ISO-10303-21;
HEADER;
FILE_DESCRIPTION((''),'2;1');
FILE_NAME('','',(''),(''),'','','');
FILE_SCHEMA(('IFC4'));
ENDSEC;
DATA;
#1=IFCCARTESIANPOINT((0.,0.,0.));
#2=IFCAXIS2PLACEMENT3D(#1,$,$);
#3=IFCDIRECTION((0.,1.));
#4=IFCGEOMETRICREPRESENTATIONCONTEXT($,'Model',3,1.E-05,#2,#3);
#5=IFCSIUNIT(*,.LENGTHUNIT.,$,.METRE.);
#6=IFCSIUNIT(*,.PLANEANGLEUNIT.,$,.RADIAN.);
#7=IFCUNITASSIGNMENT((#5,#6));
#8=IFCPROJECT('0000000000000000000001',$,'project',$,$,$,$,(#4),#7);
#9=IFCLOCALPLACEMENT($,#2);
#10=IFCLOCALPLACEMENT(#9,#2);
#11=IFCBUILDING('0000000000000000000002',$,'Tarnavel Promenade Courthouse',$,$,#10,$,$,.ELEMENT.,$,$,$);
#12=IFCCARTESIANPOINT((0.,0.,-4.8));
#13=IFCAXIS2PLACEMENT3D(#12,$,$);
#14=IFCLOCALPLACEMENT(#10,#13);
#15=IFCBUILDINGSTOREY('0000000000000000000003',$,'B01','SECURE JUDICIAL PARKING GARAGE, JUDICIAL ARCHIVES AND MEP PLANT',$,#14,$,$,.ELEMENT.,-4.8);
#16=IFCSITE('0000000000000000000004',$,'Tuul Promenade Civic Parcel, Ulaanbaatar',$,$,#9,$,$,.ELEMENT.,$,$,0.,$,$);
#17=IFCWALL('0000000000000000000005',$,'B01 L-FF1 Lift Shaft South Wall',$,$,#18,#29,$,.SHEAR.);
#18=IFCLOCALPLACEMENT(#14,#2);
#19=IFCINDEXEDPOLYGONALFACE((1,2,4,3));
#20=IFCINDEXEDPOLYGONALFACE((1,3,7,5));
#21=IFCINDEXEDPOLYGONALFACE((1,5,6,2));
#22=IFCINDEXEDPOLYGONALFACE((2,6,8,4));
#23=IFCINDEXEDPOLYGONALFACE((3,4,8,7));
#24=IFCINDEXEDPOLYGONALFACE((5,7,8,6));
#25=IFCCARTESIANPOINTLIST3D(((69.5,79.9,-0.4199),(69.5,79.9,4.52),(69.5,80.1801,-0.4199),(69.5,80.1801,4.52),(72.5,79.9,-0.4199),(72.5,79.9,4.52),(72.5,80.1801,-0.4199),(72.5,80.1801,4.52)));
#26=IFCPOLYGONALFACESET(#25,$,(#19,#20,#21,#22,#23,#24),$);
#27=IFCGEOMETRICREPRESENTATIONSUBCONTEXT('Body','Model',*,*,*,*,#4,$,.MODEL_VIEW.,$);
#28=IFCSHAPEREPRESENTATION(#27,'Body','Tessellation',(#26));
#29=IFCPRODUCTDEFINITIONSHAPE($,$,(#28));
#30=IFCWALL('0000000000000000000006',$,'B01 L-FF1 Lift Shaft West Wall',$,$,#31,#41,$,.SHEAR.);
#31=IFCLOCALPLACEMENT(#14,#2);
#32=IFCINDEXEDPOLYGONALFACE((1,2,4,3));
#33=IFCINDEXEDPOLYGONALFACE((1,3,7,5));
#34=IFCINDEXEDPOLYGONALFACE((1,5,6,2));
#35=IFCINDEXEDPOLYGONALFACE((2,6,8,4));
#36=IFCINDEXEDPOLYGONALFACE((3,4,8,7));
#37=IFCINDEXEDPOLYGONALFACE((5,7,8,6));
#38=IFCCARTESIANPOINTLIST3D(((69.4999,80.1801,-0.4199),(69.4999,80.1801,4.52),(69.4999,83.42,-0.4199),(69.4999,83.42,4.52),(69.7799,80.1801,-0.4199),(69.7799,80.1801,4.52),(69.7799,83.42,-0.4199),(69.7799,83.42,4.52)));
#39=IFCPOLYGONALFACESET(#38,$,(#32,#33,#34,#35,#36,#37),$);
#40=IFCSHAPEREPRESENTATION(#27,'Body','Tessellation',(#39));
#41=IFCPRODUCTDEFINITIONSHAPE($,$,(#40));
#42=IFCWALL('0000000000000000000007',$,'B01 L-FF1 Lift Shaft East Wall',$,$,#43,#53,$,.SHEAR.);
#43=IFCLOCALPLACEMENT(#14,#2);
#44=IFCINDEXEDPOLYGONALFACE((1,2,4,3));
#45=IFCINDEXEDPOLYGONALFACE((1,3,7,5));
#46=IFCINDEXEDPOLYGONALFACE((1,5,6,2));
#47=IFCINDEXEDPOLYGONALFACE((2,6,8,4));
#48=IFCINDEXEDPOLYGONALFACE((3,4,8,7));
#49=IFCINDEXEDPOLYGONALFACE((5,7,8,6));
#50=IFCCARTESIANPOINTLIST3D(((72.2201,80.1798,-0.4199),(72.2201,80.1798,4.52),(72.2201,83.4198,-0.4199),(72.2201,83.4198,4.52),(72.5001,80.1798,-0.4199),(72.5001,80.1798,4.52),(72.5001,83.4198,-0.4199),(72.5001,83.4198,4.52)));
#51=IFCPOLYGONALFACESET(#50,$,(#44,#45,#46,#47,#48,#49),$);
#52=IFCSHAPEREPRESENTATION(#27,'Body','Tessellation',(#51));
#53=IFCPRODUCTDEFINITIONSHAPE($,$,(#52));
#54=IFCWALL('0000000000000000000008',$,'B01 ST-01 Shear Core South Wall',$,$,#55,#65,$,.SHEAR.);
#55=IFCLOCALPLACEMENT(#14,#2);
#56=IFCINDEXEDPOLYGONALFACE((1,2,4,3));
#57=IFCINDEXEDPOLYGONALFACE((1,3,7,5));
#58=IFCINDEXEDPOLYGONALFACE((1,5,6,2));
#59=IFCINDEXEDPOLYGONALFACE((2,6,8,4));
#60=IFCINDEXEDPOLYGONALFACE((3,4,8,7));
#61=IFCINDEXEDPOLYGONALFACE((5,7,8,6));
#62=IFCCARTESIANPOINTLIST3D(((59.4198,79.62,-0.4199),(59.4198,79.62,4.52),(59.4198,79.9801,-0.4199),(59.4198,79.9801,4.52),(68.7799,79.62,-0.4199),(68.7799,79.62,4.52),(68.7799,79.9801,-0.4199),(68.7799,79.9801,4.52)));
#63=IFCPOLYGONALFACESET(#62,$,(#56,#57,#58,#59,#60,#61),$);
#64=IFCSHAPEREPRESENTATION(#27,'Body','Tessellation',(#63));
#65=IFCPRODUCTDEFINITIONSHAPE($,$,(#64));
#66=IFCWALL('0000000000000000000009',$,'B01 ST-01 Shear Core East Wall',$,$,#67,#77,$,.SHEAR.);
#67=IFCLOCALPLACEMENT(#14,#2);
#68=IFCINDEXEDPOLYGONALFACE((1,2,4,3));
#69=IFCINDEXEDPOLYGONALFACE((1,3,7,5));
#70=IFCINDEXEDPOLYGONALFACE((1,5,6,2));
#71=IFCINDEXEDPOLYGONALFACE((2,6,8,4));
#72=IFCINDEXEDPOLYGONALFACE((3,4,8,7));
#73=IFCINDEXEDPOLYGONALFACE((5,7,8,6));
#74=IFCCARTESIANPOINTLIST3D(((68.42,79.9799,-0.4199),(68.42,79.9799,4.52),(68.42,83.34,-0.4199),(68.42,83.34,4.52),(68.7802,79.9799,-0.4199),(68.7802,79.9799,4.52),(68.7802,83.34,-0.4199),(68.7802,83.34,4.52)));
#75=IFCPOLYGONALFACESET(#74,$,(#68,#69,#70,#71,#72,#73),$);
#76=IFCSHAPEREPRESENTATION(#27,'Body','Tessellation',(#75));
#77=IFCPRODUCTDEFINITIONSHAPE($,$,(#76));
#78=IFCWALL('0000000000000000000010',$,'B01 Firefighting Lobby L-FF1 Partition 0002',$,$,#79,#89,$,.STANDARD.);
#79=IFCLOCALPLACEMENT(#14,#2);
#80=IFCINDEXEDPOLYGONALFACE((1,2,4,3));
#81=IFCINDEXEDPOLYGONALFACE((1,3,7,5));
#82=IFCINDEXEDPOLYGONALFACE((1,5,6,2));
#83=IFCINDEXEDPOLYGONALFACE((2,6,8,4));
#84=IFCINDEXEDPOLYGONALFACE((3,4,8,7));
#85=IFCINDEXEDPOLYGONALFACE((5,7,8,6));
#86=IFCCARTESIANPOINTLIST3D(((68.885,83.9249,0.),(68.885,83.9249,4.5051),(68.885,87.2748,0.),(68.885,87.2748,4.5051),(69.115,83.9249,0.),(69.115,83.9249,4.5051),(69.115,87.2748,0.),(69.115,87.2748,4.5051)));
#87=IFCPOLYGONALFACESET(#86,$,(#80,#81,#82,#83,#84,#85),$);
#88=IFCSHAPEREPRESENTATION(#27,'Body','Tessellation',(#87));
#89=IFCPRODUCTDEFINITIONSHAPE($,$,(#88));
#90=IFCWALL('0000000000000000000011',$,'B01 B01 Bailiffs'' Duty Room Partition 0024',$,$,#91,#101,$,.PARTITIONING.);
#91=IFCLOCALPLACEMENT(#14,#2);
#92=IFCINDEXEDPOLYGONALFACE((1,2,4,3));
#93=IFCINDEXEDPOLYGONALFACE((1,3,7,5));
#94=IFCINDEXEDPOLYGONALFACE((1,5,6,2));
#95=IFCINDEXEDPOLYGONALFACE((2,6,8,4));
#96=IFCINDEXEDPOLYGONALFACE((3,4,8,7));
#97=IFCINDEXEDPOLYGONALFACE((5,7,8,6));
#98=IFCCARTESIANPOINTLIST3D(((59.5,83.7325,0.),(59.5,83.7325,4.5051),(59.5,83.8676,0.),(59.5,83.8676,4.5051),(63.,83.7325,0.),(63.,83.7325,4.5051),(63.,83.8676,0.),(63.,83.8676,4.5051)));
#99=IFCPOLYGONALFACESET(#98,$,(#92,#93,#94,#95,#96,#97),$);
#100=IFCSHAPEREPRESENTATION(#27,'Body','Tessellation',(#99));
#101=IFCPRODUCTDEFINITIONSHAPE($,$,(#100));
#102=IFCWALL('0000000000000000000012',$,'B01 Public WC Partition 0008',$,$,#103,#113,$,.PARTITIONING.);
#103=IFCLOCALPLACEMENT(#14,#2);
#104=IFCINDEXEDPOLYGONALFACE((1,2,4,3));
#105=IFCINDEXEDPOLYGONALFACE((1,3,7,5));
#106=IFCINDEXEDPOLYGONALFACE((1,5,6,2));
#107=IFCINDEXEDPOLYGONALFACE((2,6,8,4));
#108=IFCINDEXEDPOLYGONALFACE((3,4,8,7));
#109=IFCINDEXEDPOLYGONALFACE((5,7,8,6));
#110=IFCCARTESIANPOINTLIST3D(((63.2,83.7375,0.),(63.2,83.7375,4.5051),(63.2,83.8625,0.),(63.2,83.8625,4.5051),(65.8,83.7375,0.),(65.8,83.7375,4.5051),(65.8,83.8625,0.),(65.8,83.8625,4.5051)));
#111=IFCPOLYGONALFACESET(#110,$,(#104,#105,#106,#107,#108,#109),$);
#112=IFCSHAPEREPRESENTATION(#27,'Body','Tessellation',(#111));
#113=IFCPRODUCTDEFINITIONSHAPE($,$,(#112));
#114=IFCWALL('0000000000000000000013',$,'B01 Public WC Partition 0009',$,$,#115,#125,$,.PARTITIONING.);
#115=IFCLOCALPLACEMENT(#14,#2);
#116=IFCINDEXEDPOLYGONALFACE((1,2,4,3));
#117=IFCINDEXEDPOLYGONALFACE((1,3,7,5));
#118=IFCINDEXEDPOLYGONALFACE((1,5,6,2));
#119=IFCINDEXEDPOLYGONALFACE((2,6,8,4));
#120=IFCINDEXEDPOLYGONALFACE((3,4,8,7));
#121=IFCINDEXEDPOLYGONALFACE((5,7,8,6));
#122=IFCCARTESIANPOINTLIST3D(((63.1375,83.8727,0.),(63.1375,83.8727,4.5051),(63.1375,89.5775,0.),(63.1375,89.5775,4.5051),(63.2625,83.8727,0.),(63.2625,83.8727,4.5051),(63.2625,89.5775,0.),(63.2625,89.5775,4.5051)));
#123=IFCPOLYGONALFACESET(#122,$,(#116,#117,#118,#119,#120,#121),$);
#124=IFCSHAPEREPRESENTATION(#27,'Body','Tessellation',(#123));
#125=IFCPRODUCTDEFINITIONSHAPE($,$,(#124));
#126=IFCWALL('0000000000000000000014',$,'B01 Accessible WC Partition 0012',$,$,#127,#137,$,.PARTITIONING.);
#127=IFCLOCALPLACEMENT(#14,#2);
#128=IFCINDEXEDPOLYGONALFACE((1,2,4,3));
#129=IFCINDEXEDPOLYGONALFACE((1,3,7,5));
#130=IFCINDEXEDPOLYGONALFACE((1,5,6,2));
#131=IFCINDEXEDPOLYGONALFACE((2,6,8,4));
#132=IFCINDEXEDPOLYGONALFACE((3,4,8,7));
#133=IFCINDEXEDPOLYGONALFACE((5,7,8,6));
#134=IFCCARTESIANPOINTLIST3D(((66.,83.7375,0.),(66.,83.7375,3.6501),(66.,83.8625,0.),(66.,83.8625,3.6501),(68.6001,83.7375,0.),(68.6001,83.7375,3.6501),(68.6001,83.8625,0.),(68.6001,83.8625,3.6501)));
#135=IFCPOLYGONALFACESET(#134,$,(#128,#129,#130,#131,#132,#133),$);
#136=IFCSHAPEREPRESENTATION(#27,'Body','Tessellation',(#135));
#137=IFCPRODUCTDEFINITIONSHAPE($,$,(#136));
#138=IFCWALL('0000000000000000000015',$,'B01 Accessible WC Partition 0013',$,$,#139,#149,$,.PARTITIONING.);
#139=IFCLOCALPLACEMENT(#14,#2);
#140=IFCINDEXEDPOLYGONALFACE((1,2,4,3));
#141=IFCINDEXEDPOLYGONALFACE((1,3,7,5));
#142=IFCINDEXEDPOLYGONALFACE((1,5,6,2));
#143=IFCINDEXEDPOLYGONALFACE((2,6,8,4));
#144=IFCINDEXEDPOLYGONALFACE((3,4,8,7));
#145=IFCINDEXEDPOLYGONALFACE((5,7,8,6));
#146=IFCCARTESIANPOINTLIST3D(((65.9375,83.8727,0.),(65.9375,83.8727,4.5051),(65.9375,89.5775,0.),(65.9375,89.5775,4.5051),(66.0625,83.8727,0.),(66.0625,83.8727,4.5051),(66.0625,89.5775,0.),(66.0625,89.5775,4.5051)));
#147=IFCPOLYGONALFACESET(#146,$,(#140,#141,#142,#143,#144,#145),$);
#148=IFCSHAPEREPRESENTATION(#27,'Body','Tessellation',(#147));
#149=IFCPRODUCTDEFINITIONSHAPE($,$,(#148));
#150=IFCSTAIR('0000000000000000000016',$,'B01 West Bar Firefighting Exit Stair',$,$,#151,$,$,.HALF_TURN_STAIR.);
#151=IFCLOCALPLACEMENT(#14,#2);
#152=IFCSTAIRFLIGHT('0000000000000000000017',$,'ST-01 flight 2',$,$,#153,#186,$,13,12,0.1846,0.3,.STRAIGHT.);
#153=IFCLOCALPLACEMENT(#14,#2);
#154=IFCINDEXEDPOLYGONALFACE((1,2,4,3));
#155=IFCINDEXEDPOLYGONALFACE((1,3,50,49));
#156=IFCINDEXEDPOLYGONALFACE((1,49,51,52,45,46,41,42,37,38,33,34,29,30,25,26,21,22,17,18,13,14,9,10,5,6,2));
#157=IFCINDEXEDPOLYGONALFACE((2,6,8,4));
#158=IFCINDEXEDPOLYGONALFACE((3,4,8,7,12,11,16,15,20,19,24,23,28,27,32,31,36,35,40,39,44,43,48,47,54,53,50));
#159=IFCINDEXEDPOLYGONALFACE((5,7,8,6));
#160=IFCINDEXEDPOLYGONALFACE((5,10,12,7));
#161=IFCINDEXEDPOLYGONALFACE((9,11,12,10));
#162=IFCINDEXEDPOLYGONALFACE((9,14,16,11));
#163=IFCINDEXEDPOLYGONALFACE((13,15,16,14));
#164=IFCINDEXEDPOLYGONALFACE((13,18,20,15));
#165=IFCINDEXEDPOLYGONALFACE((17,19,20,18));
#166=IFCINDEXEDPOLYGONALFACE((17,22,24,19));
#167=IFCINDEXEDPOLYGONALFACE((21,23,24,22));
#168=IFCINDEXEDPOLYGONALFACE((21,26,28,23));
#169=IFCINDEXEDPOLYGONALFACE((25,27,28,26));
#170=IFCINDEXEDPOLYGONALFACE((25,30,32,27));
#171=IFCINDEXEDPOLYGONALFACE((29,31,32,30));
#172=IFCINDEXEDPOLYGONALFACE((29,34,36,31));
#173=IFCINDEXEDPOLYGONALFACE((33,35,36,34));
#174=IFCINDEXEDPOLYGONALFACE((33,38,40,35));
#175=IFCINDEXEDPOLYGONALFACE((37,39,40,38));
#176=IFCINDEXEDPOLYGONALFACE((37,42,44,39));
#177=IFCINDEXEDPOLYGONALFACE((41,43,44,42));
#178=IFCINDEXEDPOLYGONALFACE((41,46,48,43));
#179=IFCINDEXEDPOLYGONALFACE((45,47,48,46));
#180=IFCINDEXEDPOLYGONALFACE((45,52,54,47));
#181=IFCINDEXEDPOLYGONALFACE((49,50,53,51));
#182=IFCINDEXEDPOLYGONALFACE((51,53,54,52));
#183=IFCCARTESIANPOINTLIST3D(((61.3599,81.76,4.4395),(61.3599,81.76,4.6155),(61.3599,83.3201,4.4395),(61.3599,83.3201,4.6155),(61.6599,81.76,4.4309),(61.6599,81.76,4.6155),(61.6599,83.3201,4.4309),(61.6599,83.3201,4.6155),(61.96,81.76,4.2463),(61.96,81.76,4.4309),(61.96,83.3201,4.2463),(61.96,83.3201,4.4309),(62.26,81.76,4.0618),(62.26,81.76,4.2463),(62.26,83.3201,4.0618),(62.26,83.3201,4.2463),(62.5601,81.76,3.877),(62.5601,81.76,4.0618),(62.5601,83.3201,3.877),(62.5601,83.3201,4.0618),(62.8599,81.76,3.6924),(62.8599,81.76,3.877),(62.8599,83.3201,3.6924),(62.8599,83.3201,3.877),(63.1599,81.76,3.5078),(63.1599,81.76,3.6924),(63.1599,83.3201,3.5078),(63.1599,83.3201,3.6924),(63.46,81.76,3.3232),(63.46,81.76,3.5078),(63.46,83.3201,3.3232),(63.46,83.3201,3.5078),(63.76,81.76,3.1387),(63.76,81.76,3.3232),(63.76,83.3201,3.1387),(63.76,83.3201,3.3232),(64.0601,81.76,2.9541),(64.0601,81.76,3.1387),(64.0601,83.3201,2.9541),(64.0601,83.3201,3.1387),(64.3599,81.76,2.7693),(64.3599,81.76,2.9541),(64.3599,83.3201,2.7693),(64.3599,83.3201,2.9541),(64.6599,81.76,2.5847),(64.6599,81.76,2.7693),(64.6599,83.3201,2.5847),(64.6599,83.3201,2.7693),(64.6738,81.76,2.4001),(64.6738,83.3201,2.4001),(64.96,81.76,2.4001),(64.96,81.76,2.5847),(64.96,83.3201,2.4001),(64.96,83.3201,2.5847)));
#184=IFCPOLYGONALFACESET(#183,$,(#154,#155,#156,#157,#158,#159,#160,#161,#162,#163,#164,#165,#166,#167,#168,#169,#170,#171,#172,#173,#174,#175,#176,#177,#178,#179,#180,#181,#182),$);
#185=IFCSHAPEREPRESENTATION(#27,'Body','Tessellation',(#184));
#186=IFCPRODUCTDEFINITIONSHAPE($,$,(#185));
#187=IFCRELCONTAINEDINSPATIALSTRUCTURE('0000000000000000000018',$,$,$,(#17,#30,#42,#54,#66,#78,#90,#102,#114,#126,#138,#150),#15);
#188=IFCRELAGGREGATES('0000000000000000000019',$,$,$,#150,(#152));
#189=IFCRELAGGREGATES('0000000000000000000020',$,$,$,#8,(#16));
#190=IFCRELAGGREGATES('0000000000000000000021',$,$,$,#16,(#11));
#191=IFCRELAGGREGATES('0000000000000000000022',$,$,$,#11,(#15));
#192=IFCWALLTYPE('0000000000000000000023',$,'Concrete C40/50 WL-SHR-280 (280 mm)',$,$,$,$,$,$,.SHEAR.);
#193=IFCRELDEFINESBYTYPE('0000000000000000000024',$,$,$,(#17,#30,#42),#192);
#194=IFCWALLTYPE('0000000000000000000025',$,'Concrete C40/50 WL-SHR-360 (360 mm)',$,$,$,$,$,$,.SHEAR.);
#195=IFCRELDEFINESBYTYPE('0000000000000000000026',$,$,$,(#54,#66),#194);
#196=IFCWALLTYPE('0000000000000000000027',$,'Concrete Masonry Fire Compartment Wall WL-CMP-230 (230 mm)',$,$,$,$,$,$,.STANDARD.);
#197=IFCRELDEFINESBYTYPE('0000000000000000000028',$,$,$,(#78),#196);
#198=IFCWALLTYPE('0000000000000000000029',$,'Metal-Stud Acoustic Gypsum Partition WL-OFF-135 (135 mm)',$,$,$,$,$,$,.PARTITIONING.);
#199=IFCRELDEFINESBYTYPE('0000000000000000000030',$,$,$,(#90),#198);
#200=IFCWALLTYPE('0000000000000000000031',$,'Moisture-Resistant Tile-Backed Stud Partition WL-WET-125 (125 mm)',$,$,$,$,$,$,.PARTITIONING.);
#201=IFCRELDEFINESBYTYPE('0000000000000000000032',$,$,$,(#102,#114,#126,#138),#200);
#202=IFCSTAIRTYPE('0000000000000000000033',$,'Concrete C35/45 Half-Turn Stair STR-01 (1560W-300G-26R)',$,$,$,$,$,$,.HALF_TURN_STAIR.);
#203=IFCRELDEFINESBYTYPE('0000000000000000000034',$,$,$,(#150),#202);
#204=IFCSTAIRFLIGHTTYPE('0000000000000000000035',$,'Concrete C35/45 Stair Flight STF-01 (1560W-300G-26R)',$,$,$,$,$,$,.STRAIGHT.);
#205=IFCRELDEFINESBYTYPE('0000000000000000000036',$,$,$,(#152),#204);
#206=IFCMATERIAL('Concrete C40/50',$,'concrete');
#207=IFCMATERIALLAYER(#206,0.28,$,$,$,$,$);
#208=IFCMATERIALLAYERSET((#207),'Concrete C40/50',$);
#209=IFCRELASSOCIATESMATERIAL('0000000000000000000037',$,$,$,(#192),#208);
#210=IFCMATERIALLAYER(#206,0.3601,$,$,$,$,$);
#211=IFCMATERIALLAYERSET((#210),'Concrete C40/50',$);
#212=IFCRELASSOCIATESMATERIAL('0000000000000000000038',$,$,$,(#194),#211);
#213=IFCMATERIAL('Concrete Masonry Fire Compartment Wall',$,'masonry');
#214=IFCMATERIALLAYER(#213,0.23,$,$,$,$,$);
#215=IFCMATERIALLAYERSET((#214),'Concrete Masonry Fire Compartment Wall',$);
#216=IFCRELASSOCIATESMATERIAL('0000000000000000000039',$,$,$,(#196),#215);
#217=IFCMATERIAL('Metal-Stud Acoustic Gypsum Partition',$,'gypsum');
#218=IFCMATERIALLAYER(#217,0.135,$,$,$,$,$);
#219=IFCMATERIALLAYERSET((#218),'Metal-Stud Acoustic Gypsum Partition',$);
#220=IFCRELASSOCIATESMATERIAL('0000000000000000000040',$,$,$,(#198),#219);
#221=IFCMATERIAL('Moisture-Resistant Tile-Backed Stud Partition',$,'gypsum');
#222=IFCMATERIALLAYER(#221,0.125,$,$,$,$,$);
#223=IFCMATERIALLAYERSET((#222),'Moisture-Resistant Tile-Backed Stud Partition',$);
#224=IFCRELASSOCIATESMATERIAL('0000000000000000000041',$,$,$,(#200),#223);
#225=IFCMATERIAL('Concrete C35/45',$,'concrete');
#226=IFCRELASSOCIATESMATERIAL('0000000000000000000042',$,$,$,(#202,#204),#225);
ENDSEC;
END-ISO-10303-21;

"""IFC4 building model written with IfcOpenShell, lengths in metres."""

from ifc_helpers import new_model, si_unit, direction, frame, frame_2d, origin, place, context, subcontext, project, spatial, polyline, rectangle, outline, extrude, material, layer, layer_set, type_object, element, aggregate, save


model = new_model("IFC4")

# Units and contexts
model_context = context("Model", 3, precision=1e-05, world=origin(), true_north=direction((0.0, 1.0)))
body_context = subcontext(model_context, "Body", "Model", "MODEL_VIEW")
ifc_project = project(units=[si_unit("LENGTHUNIT", "METRE"), si_unit("PLANEANGLEUNIT", "RADIAN")], contexts=[model_context])

# Site, building, storey
site_placement = place(None, origin())
site = spatial("IfcSite", under=ifc_project, at=site_placement, Name="Tuul Promenade Civic Parcel, Ulaanbaatar", CompositionType="ELEMENT", RefElevation=0.0)
building_placement = place(site_placement, origin())
building = spatial("IfcBuilding", under=site, at=building_placement, Name="Tarnavel Promenade Courthouse", CompositionType="ELEMENT")
storey_placement = place(building_placement, frame((0.0, 0.0, -4.8)))
storey = spatial("IfcBuildingStorey", under=building, at=storey_placement, Name="B01", Description="SECURE JUDICIAL PARKING GARAGE, JUDICIAL ARCHIVES AND MEP PLANT", CompositionType="ELEMENT", Elevation=-4.8)

# Shared definitions
ifc_material_1 = material(Name="Concrete C35/45", Category="concrete")

# Shared definitions
ifc_material_2 = material(Name="Concrete C40/50", Category="concrete")

# Shared definitions
ifc_layer_1 = layer(ifc_material_2, 0.28)
ifc_layer_set_1 = layer_set([ifc_layer_1], Name="Concrete C40/50")
wall_type_1 = type_object("IfcWallType", Name="Concrete C40/50 WL-SHR-280 (280 mm)", PredefinedType="SHEAR", material=ifc_layer_set_1)

# Walls
wall_1_placement = place(storey_placement, frame((72.5, 80.04, -0.4199), z_axis=(0.0, 0.0, 1.0), x_axis=(-1.0, 0.0, 0.0)))
element("IfcWall", 1, at=wall_1_placement, inside=storey, type_object=wall_type_1, Name="B01 L-FF1 Lift Shaft South Wall", PredefinedType="SHEAR", context=body_context, shape_type="SweptSolid", body=[
    extrude(rectangle(XDim=3.0, YDim=0.28, at=frame_2d((1.5, 0.0))), origin(), (0.0, 0.0, 1.0), 4.9399),
])
for number, where, z_axis, x_axis, name in (
    (2, (69.6399, 80.1799, -0.4199), (0.0, 0.0, 1.0), (0.0, 1.0, 0.0), "B01 L-FF1 Lift Shaft West Wall"),
    (3, (72.3601, 83.4199, -0.4199), (0.0, 0.0, 1.0), (0.0, -1.0, 0.0), "B01 L-FF1 Lift Shaft East Wall"),
):
    element("IfcWall", number, at=place(storey_placement, frame(where, z_axis=z_axis, x_axis=x_axis)), inside=storey, type_object=wall_type_1, Name=name, PredefinedType="SHEAR", context=body_context, shape_type="SweptSolid", body=[
        extrude(rectangle(XDim=3.24, YDim=0.28, at=frame_2d((1.6201, 0.0))), origin(), (0.0, 0.0, 1.0), 4.9399),
    ])
ifc_layer_2 = layer(ifc_material_2, 0.3601)
ifc_layer_set_2 = layer_set([ifc_layer_2], Name="Concrete C40/50")
wall_type_2 = type_object("IfcWallType", Name="Concrete C40/50 WL-SHR-360 (360 mm)", PredefinedType="SHEAR", material=ifc_layer_set_2)
wall_2_placement = place(storey_placement, frame((68.78, 79.8, -0.4199), z_axis=(0.0, 0.0, 1.0), x_axis=(-1.0, 0.0, 0.0)))
element("IfcWall", 4, at=wall_2_placement, inside=storey, type_object=wall_type_2, Name="B01 ST-01 Shear Core South Wall", PredefinedType="SHEAR", context=body_context, shape_type="SweptSolid", body=[
    extrude(rectangle(XDim=9.3601, YDim=0.3601, at=frame_2d((4.6802, 0.0))), origin(), (0.0, 0.0, 1.0), 4.9399),
])
wall_3_placement = place(storey_placement, frame((68.6001, 83.3401, -0.4199), z_axis=(0.0, 0.0, 1.0), x_axis=(0.0, -1.0, 0.0)))
element("IfcWall", 5, at=wall_3_placement, inside=storey, type_object=wall_type_2, Name="B01 ST-01 Shear Core East Wall", PredefinedType="SHEAR", context=body_context, shape_type="SweptSolid", body=[
    extrude(rectangle(XDim=3.3601, YDim=0.3601, at=frame_2d((1.6802, 0.0))), origin(), (0.0, 0.0, 1.0), 4.9399),
])
ifc_material_3 = material(Name="Concrete Masonry Fire Compartment Wall", Category="masonry")
ifc_layer_3 = layer(ifc_material_3, 0.23)
ifc_layer_set_3 = layer_set([ifc_layer_3], Name="Concrete Masonry Fire Compartment Wall")
wall_type_3 = type_object("IfcWallType", Name="Concrete Masonry Fire Compartment Wall WL-CMP-230 (230 mm)", PredefinedType="STANDARD", material=ifc_layer_set_3)
wall_4_placement = place(storey_placement, frame((69.0, 83.925, 0.0), z_axis=(0.0, 0.0, 1.0), x_axis=(0.0, 1.0, 0.0)))
element("IfcWall", 6, at=wall_4_placement, inside=storey, type_object=wall_type_3, Name="B01 Firefighting Lobby L-FF1 Partition 0002", PredefinedType="STANDARD", context=body_context, shape_type="SweptSolid", body=[
    extrude(rectangle(XDim=3.3499, YDim=0.23, at=frame_2d((1.6748, 0.0))), origin(), (0.0, 0.0, 1.0), 4.5051),
])
ifc_material_4 = material(Name="Metal-Stud Acoustic Gypsum Partition", Category="gypsum")
ifc_layer_4 = layer(ifc_material_4, 0.135)
ifc_layer_set_4 = layer_set([ifc_layer_4], Name="Metal-Stud Acoustic Gypsum Partition")
wall_type_4 = type_object("IfcWallType", Name="Metal-Stud Acoustic Gypsum Partition WL-OFF-135 (135 mm)", PredefinedType="PARTITIONING", material=ifc_layer_set_4)
wall_5_placement = place(storey_placement, frame((63.0, 83.8, 0.0), z_axis=(0.0, 0.0, 1.0), x_axis=(-1.0, 0.0, 0.0)))
element("IfcWall", 7, at=wall_5_placement, inside=storey, type_object=wall_type_4, Name="B01 B01 Bailiffs' Duty Room Partition 0024", PredefinedType="PARTITIONING", context=body_context, shape_type="SweptSolid", body=[
    extrude(rectangle(XDim=3.5, YDim=0.135, at=frame_2d((1.75, 0.0))), origin(), (0.0, 0.0, 1.0), 4.5051),
])
ifc_material_5 = material(Name="Moisture-Resistant Tile-Backed Stud Partition", Category="gypsum")
ifc_layer_5 = layer(ifc_material_5, 0.125)
ifc_layer_set_5 = layer_set([ifc_layer_5], Name="Moisture-Resistant Tile-Backed Stud Partition")
wall_type_5 = type_object("IfcWallType", Name="Moisture-Resistant Tile-Backed Stud Partition WL-WET-125 (125 mm)", PredefinedType="PARTITIONING", material=ifc_layer_set_5)
wall_6_placement = place(storey_placement, frame((65.8, 83.8, 0.0), z_axis=(0.0, 0.0, 1.0), x_axis=(-1.0, 0.0, 0.0)))
element("IfcWall", 8, at=wall_6_placement, inside=storey, type_object=wall_type_5, Name="B01 Public WC Partition 0008", PredefinedType="PARTITIONING", context=body_context, shape_type="SweptSolid", body=[
    extrude(rectangle(XDim=2.6001, YDim=0.125, at=frame_2d((1.3, 0.0))), origin(), (0.0, 0.0, 1.0), 4.5051),
])
wall_7_placement = place(storey_placement, frame((63.2, 83.8726, 0.0), z_axis=(0.0, 0.0, 1.0), x_axis=(0.0, 1.0, 0.0)))
element("IfcWall", 9, at=wall_7_placement, inside=storey, type_object=wall_type_5, Name="B01 Public WC Partition 0009", PredefinedType="PARTITIONING", context=body_context, shape_type="SweptSolid", body=[
    extrude(rectangle(XDim=5.7048, YDim=0.125, at=frame_2d((2.8525, 0.0))), origin(), (0.0, 0.0, 1.0), 4.5051),
])
wall_8_placement = place(storey_placement, frame((68.6001, 83.8, 0.0), z_axis=(0.0, 0.0, 1.0), x_axis=(-1.0, 0.0, 0.0)))
element("IfcWall", 10, at=wall_8_placement, inside=storey, type_object=wall_type_5, Name="B01 Accessible WC Partition 0012", PredefinedType="PARTITIONING", context=body_context, shape_type="SweptSolid", body=[
    extrude(rectangle(XDim=2.6001, YDim=0.125, at=frame_2d((1.3, 0.0))), origin(), (0.0, 0.0, 1.0), 3.6501),
])
wall_9_placement = place(storey_placement, frame((66.0, 83.8726, 0.0), z_axis=(0.0, 0.0, 1.0), x_axis=(0.0, 1.0, 0.0)))
element("IfcWall", 11, at=wall_9_placement, inside=storey, type_object=wall_type_5, Name="B01 Accessible WC Partition 0013", PredefinedType="PARTITIONING", context=body_context, shape_type="SweptSolid", body=[
    extrude(rectangle(XDim=5.7048, YDim=0.125, at=frame_2d((2.8525, 0.0))), origin(), (0.0, 0.0, 1.0), 4.5051),
])

# Stair, stair flight
stair_type = type_object("IfcStairType", Name="Concrete C35/45 Half-Turn Stair STR-01 (1560W-300G-26R)", PredefinedType="HALF_TURN_STAIR", material=ifc_material_1)
stair_placement = place(storey_placement, origin())
stair = element("IfcStair", 12, at=stair_placement, inside=storey, type_object=stair_type, Name="B01 West Bar Firefighting Exit Stair", PredefinedType="HALF_TURN_STAIR")
stair_flight_type = type_object("IfcStairFlightType", Name="Concrete C35/45 Stair Flight STF-01 (1560W-300G-26R)", PredefinedType="STRAIGHT", material=ifc_material_1)
stair_flight_placement = place(storey_placement, frame((64.96, 82.54, 2.4001), z_axis=(0.0, 0.0, 1.0), x_axis=(-1.0, 0.0, 0.0)))
stair_flight = element("IfcStairFlight", 13, at=stair_flight_placement, type_object=stair_flight_type, Name="ST-01 flight 2", NumberOfRisers=13, NumberOfTreads=12, PredefinedType="STRAIGHT", RiserHeight=0.1846, TreadLength=0.3, context=body_context, shape_type="SweptSolid", body=[
    extrude(outline(polyline([(0.0, 0.0), (0.0, 0.1846), (0.3, 0.1846), (0.3, 0.3691), (0.6001, 0.3691), (0.6001, 0.554), (0.8999, 0.554), (0.8999, 0.7385), (1.2, 0.7385), (1.2, 0.9231), (1.5, 0.9231), (1.5, 1.1077), (1.8, 1.1077), (1.8, 1.2922), (2.1001, 1.2922), (2.1001, 1.4768), (2.3999, 1.4768), (2.3999, 1.6616), (2.7, 1.6616), (2.7, 1.8462), (3.0, 1.8462), (3.0, 2.0308), (3.3, 2.0308), (3.3, 2.2153), (3.6001, 2.2153), (3.6001, 2.3999), (3.6001, 2.0393), (0.2861, 0.0), (0.0, 0.0)])), frame((0.0, 0.78, 0.0), z_axis=(0.0, -1.0, 0.0), x_axis=(1.0, 0.0, 0.0)), (0.0, 0.0, 1.0), 1.5601),
])
aggregate(stair, [stair_flight])

save(model, "model.ifc")
